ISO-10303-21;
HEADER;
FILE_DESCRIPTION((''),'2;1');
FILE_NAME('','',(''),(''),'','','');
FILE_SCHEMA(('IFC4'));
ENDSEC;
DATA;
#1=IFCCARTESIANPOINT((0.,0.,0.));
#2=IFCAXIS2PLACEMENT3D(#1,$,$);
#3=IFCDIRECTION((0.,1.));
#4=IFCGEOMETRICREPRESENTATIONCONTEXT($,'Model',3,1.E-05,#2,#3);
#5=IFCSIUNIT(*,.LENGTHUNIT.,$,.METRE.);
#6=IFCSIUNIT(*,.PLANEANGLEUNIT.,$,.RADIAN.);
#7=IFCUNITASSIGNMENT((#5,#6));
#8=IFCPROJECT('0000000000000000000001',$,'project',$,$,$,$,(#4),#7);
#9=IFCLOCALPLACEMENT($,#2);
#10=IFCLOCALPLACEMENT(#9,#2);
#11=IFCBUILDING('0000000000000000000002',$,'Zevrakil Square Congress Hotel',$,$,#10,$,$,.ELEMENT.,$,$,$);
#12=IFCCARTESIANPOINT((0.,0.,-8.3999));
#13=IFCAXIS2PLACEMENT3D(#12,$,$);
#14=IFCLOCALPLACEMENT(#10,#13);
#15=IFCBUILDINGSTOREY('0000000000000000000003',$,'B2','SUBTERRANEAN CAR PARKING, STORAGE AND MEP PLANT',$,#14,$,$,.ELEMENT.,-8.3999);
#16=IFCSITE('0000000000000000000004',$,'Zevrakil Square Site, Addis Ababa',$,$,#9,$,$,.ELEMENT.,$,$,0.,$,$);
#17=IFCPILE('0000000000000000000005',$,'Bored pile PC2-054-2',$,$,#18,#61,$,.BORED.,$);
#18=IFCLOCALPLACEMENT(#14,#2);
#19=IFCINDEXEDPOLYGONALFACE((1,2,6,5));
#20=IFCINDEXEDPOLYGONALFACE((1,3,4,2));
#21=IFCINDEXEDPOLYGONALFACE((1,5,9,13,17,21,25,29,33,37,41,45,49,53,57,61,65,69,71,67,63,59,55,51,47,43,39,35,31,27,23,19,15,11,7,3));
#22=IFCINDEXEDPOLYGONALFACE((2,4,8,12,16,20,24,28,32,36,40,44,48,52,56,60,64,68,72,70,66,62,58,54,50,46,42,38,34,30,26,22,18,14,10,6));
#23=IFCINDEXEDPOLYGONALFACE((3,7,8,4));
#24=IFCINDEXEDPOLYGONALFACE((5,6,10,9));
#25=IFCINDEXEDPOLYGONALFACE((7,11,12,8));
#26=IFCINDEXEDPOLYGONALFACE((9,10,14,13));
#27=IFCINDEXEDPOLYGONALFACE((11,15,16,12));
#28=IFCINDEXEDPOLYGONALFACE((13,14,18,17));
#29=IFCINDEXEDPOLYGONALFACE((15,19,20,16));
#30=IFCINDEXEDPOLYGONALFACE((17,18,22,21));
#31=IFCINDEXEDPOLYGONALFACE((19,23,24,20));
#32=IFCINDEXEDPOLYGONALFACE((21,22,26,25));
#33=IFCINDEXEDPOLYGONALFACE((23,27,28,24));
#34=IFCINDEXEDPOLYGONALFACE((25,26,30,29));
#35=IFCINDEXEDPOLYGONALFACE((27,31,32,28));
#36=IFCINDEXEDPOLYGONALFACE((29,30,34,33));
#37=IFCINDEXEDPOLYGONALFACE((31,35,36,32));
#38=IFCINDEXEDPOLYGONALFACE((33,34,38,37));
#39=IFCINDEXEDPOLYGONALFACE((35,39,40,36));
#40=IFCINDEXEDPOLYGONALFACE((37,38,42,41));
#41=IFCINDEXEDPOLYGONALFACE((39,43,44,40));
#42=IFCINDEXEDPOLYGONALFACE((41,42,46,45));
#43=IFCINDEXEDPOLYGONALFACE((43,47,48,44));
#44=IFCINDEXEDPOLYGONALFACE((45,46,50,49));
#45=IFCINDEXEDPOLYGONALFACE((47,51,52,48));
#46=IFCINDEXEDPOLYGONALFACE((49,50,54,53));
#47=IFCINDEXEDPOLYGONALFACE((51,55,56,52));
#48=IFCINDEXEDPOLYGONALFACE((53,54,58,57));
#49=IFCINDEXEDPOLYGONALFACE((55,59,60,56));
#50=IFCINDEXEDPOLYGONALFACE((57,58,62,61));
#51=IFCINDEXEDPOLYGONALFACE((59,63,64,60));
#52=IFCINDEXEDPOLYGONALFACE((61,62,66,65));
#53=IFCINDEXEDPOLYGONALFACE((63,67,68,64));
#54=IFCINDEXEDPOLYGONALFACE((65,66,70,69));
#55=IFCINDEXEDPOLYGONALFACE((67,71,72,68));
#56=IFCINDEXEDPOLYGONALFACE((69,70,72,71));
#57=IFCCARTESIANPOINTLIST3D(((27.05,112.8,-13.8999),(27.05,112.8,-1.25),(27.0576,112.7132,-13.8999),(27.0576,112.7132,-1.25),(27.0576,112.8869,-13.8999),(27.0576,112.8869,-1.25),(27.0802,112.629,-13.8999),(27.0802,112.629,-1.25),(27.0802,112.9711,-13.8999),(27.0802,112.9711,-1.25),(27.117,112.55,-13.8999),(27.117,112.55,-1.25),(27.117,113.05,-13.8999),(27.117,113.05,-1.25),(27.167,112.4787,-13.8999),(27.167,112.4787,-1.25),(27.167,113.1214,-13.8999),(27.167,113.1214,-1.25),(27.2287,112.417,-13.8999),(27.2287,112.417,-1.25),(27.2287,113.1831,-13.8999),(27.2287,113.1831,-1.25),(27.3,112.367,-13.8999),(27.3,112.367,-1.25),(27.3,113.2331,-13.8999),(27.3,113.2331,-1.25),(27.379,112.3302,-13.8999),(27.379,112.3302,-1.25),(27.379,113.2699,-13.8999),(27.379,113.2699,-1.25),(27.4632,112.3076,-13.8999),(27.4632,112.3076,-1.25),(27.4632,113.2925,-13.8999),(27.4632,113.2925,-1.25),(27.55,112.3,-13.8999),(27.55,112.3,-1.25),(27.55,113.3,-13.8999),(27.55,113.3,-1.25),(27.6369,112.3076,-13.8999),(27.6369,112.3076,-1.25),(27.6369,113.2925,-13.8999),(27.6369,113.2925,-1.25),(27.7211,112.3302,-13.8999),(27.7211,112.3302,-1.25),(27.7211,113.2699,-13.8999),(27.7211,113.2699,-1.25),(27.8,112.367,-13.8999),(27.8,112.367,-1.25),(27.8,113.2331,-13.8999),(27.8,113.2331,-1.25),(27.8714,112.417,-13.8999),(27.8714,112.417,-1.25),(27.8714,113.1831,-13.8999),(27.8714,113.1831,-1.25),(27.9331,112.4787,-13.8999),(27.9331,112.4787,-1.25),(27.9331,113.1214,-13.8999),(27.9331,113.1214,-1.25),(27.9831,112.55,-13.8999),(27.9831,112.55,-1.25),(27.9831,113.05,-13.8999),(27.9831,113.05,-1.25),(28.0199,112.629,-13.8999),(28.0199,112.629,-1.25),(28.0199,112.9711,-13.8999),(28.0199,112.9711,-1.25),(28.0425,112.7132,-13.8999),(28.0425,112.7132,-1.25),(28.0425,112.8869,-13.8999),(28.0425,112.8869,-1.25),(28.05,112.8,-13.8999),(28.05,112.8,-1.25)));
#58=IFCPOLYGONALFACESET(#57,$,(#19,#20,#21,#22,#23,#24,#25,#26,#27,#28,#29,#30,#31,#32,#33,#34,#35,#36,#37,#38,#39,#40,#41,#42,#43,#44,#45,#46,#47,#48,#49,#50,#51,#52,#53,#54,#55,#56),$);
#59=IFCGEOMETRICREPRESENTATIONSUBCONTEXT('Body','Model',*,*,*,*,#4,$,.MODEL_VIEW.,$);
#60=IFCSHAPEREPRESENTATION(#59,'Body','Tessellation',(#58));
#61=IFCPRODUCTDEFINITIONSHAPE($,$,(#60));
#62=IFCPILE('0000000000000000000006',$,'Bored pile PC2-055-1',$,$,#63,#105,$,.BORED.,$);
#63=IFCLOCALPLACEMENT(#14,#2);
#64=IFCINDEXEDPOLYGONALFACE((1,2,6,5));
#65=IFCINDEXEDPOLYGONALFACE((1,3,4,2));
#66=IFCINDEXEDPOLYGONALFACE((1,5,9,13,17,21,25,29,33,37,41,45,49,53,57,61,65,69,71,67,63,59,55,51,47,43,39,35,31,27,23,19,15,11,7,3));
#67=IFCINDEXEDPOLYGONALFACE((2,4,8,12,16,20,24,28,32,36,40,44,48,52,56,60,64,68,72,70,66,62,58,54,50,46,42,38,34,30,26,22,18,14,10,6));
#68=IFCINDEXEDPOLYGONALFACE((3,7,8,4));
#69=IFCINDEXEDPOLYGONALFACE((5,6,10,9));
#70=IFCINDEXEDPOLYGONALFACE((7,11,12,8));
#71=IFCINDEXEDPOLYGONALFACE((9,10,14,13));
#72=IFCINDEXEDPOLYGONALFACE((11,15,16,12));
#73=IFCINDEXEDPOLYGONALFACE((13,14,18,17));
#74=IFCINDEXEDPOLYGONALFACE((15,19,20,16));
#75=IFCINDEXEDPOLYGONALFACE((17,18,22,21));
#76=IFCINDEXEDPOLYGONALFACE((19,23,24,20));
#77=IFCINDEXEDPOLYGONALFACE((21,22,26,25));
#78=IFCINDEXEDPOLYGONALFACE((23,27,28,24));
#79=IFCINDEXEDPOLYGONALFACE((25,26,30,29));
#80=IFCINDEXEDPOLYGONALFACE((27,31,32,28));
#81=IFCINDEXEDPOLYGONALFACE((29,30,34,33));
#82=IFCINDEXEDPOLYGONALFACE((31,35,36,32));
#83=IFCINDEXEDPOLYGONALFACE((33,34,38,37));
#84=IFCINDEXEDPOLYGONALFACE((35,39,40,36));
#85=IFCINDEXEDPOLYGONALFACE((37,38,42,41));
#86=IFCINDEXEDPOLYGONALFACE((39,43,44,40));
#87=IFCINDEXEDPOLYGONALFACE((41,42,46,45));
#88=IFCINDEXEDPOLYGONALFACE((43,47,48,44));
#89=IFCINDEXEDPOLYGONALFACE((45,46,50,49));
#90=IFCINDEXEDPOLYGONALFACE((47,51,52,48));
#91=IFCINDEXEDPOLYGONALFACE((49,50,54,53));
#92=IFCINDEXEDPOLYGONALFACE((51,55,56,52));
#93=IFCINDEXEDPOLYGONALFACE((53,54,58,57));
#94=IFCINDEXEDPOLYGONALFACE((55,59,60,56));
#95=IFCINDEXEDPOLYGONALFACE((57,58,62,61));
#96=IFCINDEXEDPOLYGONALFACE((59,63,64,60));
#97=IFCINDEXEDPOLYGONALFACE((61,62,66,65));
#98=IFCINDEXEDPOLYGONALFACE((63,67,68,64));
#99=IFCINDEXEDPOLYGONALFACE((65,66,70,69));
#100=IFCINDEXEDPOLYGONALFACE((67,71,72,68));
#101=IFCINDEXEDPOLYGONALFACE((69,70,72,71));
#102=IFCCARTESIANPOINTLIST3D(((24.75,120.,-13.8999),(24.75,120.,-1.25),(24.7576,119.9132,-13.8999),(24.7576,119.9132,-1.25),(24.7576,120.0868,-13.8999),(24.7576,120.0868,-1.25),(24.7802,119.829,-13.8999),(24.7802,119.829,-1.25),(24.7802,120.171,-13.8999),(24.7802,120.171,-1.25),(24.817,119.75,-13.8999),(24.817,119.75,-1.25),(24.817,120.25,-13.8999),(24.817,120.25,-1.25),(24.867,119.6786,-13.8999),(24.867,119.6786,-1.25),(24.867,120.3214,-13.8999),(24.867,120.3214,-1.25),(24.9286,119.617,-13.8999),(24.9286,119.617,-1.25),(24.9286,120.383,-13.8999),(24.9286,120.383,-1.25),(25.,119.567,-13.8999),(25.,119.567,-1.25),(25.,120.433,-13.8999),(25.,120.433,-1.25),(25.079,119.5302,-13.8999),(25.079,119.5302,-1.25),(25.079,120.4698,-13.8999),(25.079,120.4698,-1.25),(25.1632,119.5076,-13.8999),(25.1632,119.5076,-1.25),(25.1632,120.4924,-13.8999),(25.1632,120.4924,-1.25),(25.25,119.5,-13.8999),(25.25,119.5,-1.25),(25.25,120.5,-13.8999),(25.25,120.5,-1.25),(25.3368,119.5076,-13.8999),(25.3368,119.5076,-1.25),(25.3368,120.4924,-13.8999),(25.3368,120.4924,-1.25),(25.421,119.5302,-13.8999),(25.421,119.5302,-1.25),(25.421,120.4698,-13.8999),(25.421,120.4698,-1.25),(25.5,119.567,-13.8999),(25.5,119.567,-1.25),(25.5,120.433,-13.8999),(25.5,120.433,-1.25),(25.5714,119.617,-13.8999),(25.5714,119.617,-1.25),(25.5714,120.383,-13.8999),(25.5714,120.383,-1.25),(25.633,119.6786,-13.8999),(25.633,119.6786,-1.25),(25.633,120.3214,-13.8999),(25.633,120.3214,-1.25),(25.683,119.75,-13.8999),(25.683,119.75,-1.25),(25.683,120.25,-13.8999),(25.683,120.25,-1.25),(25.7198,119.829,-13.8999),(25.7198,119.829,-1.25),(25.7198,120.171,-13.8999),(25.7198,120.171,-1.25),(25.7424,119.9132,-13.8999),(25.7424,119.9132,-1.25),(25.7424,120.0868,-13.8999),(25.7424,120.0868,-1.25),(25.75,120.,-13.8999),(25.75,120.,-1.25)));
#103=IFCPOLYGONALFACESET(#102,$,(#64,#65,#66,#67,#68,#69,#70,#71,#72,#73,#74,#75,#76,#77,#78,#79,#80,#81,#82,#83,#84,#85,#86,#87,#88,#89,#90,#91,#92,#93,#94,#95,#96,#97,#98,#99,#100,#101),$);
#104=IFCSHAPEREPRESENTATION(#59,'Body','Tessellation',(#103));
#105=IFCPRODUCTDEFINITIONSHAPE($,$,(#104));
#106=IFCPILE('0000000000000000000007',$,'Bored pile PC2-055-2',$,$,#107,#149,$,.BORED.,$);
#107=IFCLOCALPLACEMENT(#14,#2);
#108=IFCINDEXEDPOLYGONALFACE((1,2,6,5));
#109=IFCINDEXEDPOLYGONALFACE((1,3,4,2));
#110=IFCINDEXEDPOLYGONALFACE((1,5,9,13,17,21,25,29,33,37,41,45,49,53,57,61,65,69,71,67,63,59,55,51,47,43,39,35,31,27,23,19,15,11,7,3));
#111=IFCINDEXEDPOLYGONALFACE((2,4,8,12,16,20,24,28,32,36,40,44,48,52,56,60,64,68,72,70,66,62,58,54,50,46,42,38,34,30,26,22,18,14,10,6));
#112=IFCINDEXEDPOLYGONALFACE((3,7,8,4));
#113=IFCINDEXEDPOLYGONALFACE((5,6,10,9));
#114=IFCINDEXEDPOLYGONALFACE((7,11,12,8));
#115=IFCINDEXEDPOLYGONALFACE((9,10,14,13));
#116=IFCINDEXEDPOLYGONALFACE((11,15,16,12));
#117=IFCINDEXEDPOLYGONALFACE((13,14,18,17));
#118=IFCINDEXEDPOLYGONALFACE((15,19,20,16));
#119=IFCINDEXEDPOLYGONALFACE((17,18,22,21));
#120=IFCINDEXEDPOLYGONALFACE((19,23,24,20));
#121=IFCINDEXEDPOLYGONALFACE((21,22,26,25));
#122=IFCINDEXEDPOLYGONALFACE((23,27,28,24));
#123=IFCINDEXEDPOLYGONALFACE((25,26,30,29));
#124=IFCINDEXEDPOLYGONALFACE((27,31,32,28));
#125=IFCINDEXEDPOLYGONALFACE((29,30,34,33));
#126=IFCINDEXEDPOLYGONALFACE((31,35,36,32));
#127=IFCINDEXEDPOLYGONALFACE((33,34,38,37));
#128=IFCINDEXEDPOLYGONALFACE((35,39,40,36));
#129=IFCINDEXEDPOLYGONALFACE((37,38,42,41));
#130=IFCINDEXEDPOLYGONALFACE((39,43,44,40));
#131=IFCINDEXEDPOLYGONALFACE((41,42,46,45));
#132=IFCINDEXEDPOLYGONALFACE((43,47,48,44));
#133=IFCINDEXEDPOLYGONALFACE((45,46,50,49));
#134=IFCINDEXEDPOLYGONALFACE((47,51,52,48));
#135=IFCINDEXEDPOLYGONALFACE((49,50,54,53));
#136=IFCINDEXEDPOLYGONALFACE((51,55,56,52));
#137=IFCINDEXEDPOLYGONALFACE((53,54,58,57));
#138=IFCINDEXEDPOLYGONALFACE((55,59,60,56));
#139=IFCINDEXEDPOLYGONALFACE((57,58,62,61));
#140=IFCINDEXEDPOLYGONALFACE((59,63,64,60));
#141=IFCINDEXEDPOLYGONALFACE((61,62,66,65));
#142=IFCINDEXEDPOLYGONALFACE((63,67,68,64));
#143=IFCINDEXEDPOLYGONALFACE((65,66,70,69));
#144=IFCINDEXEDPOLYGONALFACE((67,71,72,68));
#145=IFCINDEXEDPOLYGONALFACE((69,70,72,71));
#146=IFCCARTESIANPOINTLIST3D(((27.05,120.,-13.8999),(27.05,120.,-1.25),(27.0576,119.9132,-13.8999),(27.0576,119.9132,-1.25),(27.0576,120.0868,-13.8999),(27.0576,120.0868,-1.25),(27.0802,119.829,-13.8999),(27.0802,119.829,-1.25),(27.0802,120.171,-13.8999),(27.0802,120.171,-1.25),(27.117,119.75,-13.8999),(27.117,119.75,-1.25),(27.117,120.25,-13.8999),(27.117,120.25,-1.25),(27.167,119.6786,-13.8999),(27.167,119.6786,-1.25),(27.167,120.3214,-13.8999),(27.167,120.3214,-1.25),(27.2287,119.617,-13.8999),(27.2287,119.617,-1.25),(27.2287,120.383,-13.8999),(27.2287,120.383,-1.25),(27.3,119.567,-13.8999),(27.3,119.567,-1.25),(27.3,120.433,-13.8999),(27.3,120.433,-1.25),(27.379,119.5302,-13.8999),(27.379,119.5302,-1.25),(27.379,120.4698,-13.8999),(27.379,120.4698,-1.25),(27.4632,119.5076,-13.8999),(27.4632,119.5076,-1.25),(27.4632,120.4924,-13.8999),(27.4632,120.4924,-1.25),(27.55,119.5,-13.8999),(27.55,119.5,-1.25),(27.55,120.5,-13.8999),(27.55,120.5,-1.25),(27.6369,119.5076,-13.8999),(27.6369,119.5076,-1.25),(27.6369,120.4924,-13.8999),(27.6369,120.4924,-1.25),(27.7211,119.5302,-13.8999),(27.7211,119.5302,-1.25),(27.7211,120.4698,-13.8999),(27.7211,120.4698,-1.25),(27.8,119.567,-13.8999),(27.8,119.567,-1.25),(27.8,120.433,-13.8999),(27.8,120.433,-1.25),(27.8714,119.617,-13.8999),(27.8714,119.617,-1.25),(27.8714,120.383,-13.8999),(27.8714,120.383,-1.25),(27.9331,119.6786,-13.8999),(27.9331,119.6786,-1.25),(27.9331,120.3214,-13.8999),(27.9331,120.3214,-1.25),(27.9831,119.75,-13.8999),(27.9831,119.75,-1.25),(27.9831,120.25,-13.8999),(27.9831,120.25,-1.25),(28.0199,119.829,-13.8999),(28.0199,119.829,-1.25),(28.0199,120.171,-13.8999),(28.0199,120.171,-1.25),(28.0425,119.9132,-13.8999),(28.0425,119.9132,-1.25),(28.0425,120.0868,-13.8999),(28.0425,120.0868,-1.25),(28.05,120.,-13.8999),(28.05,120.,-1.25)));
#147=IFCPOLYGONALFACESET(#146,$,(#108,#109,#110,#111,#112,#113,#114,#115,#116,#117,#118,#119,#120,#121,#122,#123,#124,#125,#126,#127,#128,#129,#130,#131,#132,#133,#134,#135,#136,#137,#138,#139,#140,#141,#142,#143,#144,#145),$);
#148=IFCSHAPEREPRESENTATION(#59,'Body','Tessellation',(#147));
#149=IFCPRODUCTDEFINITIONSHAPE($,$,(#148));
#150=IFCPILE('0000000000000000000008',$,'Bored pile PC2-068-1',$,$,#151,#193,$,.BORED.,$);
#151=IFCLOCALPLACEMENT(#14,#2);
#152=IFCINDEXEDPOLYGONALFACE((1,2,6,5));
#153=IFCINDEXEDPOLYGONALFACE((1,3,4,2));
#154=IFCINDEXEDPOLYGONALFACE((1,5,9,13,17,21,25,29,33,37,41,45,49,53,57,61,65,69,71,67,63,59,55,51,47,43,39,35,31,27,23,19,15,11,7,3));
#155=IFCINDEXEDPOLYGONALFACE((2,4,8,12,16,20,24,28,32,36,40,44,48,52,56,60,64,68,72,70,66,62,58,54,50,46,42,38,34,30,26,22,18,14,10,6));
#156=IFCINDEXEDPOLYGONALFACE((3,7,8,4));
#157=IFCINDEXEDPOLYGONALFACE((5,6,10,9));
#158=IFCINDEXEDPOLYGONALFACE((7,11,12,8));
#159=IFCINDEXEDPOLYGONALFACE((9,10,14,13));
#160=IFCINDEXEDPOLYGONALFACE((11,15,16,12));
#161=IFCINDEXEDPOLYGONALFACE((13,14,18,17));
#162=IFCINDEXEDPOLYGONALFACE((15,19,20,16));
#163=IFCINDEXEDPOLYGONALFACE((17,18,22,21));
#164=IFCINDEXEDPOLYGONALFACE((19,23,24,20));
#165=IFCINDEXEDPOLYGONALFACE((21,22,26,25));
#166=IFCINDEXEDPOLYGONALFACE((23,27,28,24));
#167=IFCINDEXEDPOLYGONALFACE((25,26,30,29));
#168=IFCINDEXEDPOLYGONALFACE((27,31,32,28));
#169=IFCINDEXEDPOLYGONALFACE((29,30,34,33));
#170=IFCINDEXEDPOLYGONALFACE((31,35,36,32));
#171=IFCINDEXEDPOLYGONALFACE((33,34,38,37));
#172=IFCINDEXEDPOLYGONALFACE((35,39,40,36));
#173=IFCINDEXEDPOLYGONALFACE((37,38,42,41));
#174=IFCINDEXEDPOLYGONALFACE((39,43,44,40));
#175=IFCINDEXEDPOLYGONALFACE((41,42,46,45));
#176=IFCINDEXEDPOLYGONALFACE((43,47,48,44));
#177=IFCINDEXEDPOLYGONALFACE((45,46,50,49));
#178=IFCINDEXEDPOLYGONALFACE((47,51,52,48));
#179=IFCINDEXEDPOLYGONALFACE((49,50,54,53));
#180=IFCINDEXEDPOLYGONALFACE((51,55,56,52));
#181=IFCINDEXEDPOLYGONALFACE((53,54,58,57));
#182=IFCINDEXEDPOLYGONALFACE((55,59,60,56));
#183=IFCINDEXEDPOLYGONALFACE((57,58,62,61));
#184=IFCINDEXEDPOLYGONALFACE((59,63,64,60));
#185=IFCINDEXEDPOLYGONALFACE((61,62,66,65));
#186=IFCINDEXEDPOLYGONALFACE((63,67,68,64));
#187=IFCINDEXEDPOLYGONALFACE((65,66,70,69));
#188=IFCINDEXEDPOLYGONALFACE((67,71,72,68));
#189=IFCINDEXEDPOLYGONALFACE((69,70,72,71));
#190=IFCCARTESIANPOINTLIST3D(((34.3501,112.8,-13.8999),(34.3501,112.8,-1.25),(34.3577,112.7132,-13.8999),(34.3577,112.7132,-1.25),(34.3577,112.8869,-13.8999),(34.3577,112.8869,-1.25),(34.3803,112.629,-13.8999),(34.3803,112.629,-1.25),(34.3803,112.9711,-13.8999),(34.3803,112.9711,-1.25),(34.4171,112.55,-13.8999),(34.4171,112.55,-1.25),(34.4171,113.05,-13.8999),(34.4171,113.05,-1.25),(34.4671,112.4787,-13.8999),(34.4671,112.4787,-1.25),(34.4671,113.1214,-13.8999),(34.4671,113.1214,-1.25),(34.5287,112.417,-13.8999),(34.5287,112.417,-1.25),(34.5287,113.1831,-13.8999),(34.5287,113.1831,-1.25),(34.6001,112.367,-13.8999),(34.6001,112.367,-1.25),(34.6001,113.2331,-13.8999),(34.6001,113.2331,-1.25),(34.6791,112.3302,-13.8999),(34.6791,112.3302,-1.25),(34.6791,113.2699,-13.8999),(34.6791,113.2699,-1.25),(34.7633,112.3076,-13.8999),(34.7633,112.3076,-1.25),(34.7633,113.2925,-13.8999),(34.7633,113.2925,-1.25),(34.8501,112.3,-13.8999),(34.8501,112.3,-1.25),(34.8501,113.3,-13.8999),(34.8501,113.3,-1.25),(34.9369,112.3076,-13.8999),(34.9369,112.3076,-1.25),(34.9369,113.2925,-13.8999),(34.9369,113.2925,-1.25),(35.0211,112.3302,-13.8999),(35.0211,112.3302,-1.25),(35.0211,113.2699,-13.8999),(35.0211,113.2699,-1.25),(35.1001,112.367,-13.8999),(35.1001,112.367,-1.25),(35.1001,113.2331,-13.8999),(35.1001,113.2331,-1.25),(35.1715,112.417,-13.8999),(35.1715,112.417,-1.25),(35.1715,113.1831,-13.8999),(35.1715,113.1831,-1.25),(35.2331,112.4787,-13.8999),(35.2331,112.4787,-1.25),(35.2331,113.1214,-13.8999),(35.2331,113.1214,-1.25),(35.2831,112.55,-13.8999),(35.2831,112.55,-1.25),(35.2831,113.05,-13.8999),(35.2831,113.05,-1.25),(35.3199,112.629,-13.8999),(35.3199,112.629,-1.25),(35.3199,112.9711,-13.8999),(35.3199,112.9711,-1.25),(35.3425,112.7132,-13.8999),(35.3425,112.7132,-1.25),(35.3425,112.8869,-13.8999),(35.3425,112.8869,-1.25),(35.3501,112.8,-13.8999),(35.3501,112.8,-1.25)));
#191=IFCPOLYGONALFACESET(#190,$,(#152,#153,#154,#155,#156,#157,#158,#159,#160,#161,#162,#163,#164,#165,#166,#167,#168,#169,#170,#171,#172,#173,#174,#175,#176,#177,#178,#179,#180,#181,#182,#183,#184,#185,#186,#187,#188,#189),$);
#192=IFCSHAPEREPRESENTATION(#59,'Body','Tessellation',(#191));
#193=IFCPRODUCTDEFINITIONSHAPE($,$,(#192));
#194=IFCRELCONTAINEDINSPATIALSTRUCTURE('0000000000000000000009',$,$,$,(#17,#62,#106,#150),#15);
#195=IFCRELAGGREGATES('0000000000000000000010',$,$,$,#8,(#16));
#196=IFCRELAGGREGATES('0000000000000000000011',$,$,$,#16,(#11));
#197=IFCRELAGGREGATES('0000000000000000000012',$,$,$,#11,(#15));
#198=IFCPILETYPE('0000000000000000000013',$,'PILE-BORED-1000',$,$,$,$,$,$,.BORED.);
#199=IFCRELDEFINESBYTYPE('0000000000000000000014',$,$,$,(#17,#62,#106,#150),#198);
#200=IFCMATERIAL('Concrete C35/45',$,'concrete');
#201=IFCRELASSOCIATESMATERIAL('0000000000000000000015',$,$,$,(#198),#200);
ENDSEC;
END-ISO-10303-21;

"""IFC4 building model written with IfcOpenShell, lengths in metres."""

from ifc_helpers import new_model, si_unit, direction, frame, origin, origin_2d, place, context, subcontext, project, spatial, circle, extrude, material, material_profile, profile_set, type_object, element, save


model = new_model("IFC4")

# Units and contexts
model_context = context("Model", 3, precision=1e-05, world=origin(), true_north=direction((0.0, 1.0)))
body_context = subcontext(model_context, "Body", "Model", "MODEL_VIEW")
ifc_project = project(units=[si_unit("LENGTHUNIT", "METRE"), si_unit("PLANEANGLEUNIT", "RADIAN")], contexts=[model_context])

# Site, building, storey
site_placement = place(None, origin())
site = spatial("IfcSite", under=ifc_project, at=site_placement, Name="Zevrakil Square Site, Addis Ababa", CompositionType="ELEMENT", RefElevation=0.0)
building_placement = place(site_placement, origin())
building = spatial("IfcBuilding", under=site, at=building_placement, Name="Zevrakil Square Congress Hotel", CompositionType="ELEMENT")
storey_placement = place(building_placement, frame((0.0, 0.0, -8.3999)))
storey = spatial("IfcBuildingStorey", under=building, at=storey_placement, Name="B2", Description="SUBTERRANEAN CAR PARKING, STORAGE AND MEP PLANT", CompositionType="ELEMENT", Elevation=-8.3999)

# Piles
ifc_material_1 = material(Name="Concrete C35/45", Category="concrete")
ifc_material_profile_1 = material_profile(ifc_material_1, circle(Radius=0.5, at=origin_2d()), Name="PILE D1000")
ifc_profile_set_1 = profile_set([ifc_material_profile_1], Name="Concrete C35/45")
pile_type = type_object("IfcPileType", Name="PILE-BORED-1000", PredefinedType="BORED", material=ifc_profile_set_1)
for number, where, z_axis, x_axis, name in (
    (1, (27.55, 112.8, -1.25), (0.0, 0.0, -1.0), (1.0, 0.0, 0.0), "Bored pile PC2-054-2"),
    (2, (25.25, 120.0, -1.25), (0.0, 0.0, -1.0), (1.0, 0.0, 0.0), "Bored pile PC2-055-1"),
    (3, (27.55, 120.0, -1.25), (0.0, 0.0, -1.0), (1.0, 0.0, 0.0), "Bored pile PC2-055-2"),
    (4, (34.8501, 112.8, -1.25), (0.0, 0.0, -1.0), (1.0, 0.0, 0.0), "Bored pile PC2-068-1"),
):
    element("IfcPile", number, at=place(storey_placement, frame(where, z_axis=z_axis, x_axis=x_axis)), inside=storey, type_object=pile_type, Name=name, PredefinedType="BORED", context=body_context, shape_type="SweptSolid", body=[
        extrude(circle(Radius=0.5, at=origin_2d()), origin(), (0.0, 0.0, 1.0), 12.6499),
    ])

save(model, "model.ifc")
